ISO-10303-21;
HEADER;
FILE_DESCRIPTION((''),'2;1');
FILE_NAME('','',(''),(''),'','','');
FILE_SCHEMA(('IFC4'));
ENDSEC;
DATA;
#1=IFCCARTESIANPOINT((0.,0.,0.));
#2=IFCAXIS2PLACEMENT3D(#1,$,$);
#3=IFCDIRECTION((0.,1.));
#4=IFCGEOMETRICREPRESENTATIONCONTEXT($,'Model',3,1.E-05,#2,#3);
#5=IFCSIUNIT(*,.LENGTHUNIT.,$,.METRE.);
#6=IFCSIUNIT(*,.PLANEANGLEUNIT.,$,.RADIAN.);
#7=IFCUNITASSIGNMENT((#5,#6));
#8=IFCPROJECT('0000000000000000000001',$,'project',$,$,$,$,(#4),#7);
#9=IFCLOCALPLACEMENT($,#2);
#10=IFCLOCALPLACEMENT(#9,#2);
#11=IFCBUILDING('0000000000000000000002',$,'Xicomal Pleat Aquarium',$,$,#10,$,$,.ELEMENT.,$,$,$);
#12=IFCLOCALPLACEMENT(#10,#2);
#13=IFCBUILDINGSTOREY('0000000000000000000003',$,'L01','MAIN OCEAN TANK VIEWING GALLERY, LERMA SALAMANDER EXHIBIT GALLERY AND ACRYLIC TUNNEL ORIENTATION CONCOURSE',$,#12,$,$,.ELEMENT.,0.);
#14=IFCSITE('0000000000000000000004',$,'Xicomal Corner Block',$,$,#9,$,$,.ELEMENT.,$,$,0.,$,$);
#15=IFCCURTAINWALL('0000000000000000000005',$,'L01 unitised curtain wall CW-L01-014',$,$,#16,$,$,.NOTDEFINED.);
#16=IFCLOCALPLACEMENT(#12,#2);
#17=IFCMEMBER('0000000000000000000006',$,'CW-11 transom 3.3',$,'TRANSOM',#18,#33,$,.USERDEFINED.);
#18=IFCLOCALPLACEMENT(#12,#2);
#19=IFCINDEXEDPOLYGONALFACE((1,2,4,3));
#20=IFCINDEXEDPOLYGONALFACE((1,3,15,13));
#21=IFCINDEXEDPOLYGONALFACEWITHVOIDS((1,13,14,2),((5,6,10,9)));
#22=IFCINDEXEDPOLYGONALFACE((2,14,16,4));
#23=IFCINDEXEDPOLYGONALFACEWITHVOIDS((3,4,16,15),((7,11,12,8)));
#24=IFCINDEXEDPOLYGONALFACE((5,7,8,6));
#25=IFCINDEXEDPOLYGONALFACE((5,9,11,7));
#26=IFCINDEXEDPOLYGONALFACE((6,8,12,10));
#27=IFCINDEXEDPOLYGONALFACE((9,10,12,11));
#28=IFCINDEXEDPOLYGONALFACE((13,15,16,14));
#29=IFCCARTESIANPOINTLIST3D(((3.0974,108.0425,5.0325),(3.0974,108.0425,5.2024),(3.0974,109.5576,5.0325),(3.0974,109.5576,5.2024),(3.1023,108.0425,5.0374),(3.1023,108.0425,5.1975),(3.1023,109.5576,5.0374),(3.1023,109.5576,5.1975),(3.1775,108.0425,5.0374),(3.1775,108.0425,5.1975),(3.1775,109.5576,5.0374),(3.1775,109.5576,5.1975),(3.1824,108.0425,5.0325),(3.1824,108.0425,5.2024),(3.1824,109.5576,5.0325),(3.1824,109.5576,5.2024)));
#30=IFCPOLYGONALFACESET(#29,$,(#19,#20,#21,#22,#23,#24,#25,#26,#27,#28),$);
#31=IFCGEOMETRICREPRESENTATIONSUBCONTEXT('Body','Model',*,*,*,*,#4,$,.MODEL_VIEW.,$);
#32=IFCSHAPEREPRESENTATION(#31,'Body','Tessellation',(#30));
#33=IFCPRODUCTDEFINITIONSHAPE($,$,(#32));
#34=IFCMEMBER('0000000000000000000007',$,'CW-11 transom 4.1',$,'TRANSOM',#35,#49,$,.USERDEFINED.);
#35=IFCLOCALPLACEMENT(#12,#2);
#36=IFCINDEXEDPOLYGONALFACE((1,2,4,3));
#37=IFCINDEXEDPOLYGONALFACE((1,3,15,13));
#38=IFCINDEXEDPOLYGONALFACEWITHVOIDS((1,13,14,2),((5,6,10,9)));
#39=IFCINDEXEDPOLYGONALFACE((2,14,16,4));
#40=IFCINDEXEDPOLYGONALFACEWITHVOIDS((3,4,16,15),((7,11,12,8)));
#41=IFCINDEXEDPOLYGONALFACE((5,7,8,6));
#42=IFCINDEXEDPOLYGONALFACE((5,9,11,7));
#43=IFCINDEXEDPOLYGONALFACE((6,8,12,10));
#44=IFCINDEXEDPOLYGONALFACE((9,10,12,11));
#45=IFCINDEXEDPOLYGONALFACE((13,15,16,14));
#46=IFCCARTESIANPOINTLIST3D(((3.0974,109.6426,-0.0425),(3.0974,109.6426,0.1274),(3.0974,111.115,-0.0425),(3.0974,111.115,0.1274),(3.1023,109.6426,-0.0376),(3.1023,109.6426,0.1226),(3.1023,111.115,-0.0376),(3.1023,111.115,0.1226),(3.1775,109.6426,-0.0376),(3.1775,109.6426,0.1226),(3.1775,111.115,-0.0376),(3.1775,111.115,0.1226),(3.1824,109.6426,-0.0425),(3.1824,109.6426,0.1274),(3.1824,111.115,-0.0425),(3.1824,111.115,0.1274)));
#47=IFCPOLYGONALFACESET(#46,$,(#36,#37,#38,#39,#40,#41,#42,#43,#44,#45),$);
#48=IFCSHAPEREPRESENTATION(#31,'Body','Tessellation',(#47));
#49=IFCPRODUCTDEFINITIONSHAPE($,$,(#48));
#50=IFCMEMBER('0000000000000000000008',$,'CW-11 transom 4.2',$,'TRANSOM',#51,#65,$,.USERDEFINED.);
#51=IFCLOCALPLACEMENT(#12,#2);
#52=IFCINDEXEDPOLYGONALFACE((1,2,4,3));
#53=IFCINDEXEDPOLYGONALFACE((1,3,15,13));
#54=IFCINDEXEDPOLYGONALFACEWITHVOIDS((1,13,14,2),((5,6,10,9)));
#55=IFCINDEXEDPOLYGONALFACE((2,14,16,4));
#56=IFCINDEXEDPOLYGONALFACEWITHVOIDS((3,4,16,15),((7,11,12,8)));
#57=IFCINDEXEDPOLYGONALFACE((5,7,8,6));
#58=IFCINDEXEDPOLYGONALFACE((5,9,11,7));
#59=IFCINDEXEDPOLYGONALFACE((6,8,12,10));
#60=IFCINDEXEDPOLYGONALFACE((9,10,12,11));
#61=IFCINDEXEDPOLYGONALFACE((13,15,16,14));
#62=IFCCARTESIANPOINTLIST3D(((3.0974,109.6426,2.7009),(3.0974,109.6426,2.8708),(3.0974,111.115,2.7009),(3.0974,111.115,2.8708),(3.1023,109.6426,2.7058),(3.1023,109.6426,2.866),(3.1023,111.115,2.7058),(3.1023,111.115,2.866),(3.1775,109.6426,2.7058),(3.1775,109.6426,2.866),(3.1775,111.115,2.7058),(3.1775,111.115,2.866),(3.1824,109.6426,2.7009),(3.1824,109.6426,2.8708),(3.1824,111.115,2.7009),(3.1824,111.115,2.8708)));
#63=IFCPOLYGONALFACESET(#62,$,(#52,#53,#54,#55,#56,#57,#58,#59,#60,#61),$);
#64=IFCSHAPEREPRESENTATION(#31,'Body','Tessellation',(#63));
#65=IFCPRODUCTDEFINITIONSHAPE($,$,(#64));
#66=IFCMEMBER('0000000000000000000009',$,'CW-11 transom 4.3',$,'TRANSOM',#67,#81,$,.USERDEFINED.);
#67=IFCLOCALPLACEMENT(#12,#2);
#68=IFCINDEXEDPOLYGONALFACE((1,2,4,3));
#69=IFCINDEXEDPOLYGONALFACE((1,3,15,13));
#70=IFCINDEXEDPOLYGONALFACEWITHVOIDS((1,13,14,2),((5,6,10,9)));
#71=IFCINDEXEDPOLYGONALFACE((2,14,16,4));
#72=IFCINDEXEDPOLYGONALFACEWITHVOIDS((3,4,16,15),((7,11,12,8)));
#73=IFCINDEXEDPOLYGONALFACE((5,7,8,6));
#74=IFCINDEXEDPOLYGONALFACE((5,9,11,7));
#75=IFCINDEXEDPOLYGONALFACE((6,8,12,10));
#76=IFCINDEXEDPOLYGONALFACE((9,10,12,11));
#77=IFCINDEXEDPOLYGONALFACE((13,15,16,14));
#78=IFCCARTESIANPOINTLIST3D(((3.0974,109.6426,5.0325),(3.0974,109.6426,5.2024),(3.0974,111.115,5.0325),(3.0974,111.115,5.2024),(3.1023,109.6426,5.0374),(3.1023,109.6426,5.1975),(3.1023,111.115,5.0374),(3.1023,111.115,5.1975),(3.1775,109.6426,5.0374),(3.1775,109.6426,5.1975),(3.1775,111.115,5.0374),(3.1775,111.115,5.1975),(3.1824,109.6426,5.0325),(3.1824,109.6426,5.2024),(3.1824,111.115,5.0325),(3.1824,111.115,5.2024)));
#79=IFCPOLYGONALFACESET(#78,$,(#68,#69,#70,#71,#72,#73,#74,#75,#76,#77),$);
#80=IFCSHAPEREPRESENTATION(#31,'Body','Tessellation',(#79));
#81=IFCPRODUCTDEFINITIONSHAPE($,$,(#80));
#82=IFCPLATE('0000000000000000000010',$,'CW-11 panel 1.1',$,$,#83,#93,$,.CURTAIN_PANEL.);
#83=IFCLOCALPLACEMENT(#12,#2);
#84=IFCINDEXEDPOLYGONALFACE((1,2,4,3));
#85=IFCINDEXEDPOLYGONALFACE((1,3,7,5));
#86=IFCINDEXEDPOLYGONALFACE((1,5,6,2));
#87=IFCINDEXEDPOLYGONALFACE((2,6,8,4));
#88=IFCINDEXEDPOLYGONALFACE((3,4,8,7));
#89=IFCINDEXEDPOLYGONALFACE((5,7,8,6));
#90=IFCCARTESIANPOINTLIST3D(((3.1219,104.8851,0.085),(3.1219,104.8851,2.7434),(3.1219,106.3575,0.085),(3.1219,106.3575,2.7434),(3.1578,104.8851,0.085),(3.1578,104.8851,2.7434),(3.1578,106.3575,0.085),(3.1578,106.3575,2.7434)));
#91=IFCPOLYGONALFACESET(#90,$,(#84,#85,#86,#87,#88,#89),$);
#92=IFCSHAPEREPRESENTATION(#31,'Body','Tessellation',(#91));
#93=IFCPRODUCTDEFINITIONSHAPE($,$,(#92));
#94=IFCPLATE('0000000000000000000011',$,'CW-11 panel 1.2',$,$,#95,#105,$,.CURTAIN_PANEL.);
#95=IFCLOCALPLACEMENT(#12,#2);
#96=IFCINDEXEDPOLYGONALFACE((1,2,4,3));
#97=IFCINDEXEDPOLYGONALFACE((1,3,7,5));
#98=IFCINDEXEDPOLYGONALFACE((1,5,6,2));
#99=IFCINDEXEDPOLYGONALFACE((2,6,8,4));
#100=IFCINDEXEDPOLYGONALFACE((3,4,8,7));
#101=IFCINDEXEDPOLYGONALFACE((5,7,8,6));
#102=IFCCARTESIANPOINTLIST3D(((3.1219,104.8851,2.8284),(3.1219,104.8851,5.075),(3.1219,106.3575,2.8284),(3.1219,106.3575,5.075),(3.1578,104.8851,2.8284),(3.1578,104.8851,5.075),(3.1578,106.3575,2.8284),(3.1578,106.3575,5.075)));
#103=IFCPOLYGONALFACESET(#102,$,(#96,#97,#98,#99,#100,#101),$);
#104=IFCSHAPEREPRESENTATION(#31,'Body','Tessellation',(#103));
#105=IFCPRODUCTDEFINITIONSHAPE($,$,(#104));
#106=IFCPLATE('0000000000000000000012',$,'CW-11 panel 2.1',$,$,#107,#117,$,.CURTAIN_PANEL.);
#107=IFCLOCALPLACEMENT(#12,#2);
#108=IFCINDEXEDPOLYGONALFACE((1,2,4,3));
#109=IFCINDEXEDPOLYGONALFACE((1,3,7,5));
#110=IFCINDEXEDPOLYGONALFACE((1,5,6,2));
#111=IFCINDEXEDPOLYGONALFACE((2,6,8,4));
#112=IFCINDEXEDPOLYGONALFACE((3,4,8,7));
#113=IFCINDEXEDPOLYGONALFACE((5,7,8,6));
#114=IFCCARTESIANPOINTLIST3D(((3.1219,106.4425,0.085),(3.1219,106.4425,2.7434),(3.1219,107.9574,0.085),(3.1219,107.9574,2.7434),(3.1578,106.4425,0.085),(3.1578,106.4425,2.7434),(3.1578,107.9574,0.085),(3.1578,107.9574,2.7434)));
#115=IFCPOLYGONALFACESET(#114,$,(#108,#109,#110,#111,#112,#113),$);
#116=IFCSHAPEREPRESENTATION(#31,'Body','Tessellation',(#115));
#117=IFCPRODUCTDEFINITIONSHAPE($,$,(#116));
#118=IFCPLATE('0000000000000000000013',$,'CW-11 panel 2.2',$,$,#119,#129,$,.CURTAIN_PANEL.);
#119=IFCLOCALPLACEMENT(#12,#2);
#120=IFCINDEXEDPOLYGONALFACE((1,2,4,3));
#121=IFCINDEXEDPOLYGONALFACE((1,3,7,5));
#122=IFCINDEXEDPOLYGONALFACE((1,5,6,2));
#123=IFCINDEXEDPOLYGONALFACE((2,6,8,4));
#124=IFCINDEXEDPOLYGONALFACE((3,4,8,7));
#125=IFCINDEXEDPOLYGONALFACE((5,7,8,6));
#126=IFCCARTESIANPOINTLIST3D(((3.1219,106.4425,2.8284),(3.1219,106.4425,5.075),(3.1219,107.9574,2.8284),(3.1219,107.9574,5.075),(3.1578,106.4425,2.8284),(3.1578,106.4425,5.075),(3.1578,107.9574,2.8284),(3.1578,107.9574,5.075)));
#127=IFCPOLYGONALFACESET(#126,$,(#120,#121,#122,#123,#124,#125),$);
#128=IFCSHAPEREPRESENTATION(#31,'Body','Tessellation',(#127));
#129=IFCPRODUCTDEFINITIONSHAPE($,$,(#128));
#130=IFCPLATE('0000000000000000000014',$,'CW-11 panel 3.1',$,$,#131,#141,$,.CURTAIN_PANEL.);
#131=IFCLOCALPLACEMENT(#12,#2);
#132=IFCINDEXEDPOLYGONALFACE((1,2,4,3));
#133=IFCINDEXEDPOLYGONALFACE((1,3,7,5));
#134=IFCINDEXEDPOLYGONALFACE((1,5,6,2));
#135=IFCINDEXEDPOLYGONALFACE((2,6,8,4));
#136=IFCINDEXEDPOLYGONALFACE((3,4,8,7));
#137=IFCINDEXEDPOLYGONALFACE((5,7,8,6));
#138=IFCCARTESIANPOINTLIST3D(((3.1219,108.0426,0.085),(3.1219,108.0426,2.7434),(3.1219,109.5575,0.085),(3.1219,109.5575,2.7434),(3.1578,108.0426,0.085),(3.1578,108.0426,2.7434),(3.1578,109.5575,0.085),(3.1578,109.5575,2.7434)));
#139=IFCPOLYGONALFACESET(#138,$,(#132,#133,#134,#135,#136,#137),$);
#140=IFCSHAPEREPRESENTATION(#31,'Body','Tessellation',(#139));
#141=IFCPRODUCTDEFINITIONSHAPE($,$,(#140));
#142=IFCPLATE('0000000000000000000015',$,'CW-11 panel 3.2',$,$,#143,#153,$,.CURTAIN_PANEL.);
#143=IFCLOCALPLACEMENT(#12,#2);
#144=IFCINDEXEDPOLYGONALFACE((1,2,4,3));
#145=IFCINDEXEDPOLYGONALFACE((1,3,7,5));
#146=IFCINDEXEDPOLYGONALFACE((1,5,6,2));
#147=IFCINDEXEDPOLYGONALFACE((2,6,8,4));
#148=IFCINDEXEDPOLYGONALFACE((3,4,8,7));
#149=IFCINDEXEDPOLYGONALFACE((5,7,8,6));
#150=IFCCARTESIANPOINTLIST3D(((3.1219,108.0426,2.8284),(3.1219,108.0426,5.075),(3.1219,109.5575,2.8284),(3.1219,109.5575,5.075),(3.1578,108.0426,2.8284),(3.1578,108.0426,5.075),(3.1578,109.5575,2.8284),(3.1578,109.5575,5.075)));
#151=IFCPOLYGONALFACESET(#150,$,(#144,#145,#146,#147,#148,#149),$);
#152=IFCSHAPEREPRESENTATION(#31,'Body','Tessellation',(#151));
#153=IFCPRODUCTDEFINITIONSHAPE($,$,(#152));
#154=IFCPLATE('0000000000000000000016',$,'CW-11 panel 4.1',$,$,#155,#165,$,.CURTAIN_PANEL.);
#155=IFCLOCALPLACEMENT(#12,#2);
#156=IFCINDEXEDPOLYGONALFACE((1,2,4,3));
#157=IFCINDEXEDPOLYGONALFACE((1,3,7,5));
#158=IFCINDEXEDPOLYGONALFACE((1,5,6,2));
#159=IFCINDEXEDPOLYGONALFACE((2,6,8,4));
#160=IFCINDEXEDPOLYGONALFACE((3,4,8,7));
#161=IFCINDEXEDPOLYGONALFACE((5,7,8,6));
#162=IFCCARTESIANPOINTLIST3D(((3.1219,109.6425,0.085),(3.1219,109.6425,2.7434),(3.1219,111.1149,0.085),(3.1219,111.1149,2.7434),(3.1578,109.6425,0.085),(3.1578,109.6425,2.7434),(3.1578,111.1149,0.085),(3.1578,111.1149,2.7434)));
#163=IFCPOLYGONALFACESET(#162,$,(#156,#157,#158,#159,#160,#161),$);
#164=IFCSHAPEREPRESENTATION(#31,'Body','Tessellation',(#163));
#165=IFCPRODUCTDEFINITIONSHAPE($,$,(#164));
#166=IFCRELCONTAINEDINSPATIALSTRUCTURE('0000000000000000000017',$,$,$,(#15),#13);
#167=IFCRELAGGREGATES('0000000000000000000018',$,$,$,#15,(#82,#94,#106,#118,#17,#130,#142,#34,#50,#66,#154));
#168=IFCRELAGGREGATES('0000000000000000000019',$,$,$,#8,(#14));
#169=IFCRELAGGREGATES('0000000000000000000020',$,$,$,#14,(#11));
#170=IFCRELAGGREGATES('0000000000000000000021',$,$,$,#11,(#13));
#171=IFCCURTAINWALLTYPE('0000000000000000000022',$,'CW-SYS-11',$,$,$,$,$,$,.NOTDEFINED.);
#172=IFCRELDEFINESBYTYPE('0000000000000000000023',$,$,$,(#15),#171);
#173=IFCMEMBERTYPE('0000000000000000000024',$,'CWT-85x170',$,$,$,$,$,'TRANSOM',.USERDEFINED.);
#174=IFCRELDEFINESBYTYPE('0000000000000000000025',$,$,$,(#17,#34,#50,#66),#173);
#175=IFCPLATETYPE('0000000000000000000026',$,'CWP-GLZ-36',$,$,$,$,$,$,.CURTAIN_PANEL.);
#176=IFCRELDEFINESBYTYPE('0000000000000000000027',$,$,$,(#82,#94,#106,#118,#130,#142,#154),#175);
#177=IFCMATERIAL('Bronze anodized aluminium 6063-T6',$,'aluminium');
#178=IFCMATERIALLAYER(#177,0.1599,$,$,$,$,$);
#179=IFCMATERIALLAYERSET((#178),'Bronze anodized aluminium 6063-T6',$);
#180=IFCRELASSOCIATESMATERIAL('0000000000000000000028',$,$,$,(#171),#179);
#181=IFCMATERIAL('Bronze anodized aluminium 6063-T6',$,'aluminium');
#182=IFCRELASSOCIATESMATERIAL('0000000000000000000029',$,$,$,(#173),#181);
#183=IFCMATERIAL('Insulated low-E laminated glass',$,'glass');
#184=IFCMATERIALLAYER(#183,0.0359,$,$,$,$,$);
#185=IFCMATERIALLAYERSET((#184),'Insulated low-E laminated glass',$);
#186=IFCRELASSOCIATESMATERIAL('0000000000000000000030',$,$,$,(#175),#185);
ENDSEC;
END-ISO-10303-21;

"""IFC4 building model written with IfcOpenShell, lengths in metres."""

from ifc_helpers import new_model, si_unit, direction, frame, origin, origin_2d, place, context, subcontext, project, spatial, rectangle, hollow_rectangle, extrude, material, layer, layer_set, material_profile, profile_set, type_object, element, aggregate, save


model = new_model("IFC4")

# Units and contexts
model_context = context("Model", 3, precision=1e-05, world=origin(), true_north=direction((0.0, 1.0)))
body_context = subcontext(model_context, "Body", "Model", "MODEL_VIEW")
ifc_project = project(units=[si_unit("LENGTHUNIT", "METRE"), si_unit("PLANEANGLEUNIT", "RADIAN")], contexts=[model_context])

# Site, building, storey
site_placement = place(None, origin())
site = spatial("IfcSite", under=ifc_project, at=site_placement, Name="Xicomal Corner Block", CompositionType="ELEMENT", RefElevation=0.0)
building_placement = place(site_placement, origin())
building = spatial("IfcBuilding", under=site, at=building_placement, Name="Xicomal Pleat Aquarium", CompositionType="ELEMENT")
storey_placement = place(building_placement, origin())
storey = spatial("IfcBuildingStorey", under=building, at=storey_placement, Name="L01", Description="MAIN OCEAN TANK VIEWING GALLERY, LERMA SALAMANDER EXHIBIT GALLERY AND ACRYLIC TUNNEL ORIENTATION CONCOURSE", CompositionType="ELEMENT", Elevation=0.0)

# Curtain wall, members, plates
ifc_material_1 = material(Name="Bronze anodized aluminium 6063-T6", Category="aluminium")
ifc_layer_1 = layer(ifc_material_1, 0.1599)
ifc_layer_set_1 = layer_set([ifc_layer_1], Name="Bronze anodized aluminium 6063-T6")
curtain_wall_type = type_object("IfcCurtainWallType", Name="CW-SYS-11", PredefinedType="NOTDEFINED", material=ifc_layer_set_1)
curtain_wall_placement = place(storey_placement, origin())
curtain_wall = element("IfcCurtainWall", 1, at=curtain_wall_placement, inside=storey, type_object=curtain_wall_type, Name="L01 unitised curtain wall CW-L01-014", PredefinedType="NOTDEFINED")
ifc_material_2 = material(Name="Bronze anodized aluminium 6063-T6", Category="aluminium")
ifc_material_profile_1 = material_profile(ifc_material_2, hollow_rectangle(XDim=0.085, YDim=0.1699, WallThickness=0.0049, at=origin_2d()), Name="ALU TRAN 85x170")
ifc_profile_set_1 = profile_set([ifc_material_profile_1], Name="Bronze anodized aluminium 6063-T6")
member_type_1 = type_object("IfcMemberType", Name="CWT-85x170", ElementType="TRANSOM", PredefinedType="USERDEFINED", material=ifc_profile_set_1)
member_1_placement = place(storey_placement, frame((3.1399, 108.0425, 5.1174), z_axis=(0.0, 1.0, 0.0), x_axis=(-1.0, 0.0, 0.0)))
member_1 = element("IfcMember", 2, at=member_1_placement, type_object=member_type_1, Name="CW-11 transom 3.3", ObjectType="TRANSOM", PredefinedType="USERDEFINED", context=body_context, shape_type="SweptSolid", body=[
    extrude(hollow_rectangle(XDim=0.085, YDim=0.1699, WallThickness=0.0049, at=origin_2d()), origin(), (0.0, 0.0, 1.0), 1.5151),
])
member_2_placement = place(storey_placement, frame((3.1399, 109.6426, 0.0425), z_axis=(0.0, 1.0, 0.0), x_axis=(-1.0, 0.0, 0.0)))
member_2 = element("IfcMember", 3, at=member_2_placement, type_object=member_type_1, Name="CW-11 transom 4.1", ObjectType="TRANSOM", PredefinedType="USERDEFINED", context=body_context, shape_type="SweptSolid", body=[
    extrude(hollow_rectangle(XDim=0.085, YDim=0.1699, WallThickness=0.0049, at=origin_2d()), origin(), (0.0, 0.0, 1.0), 1.4724),
])
member_3_placement = place(storey_placement, frame((3.1399, 109.6426, 2.7859), z_axis=(0.0, 1.0, 0.0), x_axis=(-1.0, 0.0, 0.0)))
member_3 = element("IfcMember", 4, at=member_3_placement, type_object=member_type_1, Name="CW-11 transom 4.2", ObjectType="TRANSOM", PredefinedType="USERDEFINED", context=body_context, shape_type="SweptSolid", body=[
    extrude(hollow_rectangle(XDim=0.085, YDim=0.1699, WallThickness=0.0049, at=origin_2d()), origin(), (0.0, 0.0, 1.0), 1.4724),
])
member_4_placement = place(storey_placement, frame((3.1399, 109.6426, 5.1174), z_axis=(0.0, 1.0, 0.0), x_axis=(-1.0, 0.0, 0.0)))
member_4 = element("IfcMember", 5, at=member_4_placement, type_object=member_type_1, Name="CW-11 transom 4.3", ObjectType="TRANSOM", PredefinedType="USERDEFINED", context=body_context, shape_type="SweptSolid", body=[
    extrude(hollow_rectangle(XDim=0.085, YDim=0.1699, WallThickness=0.0049, at=origin_2d()), origin(), (0.0, 0.0, 1.0), 1.4724),
])
ifc_material_3 = material(Name="Insulated low-E laminated glass", Category="glass")
ifc_layer_2 = layer(ifc_material_3, 0.0359)
ifc_layer_set_2 = layer_set([ifc_layer_2], Name="Insulated low-E laminated glass")
plate_type = type_object("IfcPlateType", Name="CWP-GLZ-36", PredefinedType="CURTAIN_PANEL", material=ifc_layer_set_2)
plate_1_placement = place(storey_placement, frame((3.1399, 105.6213, 0.085), z_axis=(0.0, 0.0, 1.0), x_axis=(0.0, 1.0, 0.0)))
plate_1 = element("IfcPlate", 6, at=plate_1_placement, type_object=plate_type, Name="CW-11 panel 1.1", PredefinedType="CURTAIN_PANEL", context=body_context, shape_type="SweptSolid", body=[
    extrude(rectangle(XDim=1.4724, YDim=0.0359, at=origin_2d()), origin(), (0.0, 0.0, 1.0), 2.6584),
])
plate_2_placement = place(storey_placement, frame((3.1399, 105.6213, 2.8284), z_axis=(0.0, 0.0, 1.0), x_axis=(0.0, 1.0, 0.0)))
plate_2 = element("IfcPlate", 7, at=plate_2_placement, type_object=plate_type, Name="CW-11 panel 1.2", PredefinedType="CURTAIN_PANEL", context=body_context, shape_type="SweptSolid", body=[
    extrude(rectangle(XDim=1.4724, YDim=0.0359, at=origin_2d()), origin(), (0.0, 0.0, 1.0), 2.2466),
])
plate_3_placement = place(storey_placement, frame((3.1399, 107.2, 0.085), z_axis=(0.0, 0.0, 1.0), x_axis=(0.0, 1.0, 0.0)))
plate_3 = element("IfcPlate", 8, at=plate_3_placement, type_object=plate_type, Name="CW-11 panel 2.1", PredefinedType="CURTAIN_PANEL", context=body_context, shape_type="SweptSolid", body=[
    extrude(rectangle(XDim=1.5149, YDim=0.0359, at=origin_2d()), origin(), (0.0, 0.0, 1.0), 2.6584),
])
plate_4_placement = place(storey_placement, frame((3.1399, 107.2, 2.8284), z_axis=(0.0, 0.0, 1.0), x_axis=(0.0, 1.0, 0.0)))
plate_4 = element("IfcPlate", 9, at=plate_4_placement, type_object=plate_type, Name="CW-11 panel 2.2", PredefinedType="CURTAIN_PANEL", context=body_context, shape_type="SweptSolid", body=[
    extrude(rectangle(XDim=1.5149, YDim=0.0359, at=origin_2d()), origin(), (0.0, 0.0, 1.0), 2.2466),
])
plate_5_placement = place(storey_placement, frame((3.1399, 108.8, 0.085), z_axis=(0.0, 0.0, 1.0), x_axis=(0.0, 1.0, 0.0)))
plate_5 = element("IfcPlate", 10, at=plate_5_placement, type_object=plate_type, Name="CW-11 panel 3.1", PredefinedType="CURTAIN_PANEL", context=body_context, shape_type="SweptSolid", body=[
    extrude(rectangle(XDim=1.5149, YDim=0.0359, at=origin_2d()), origin(), (0.0, 0.0, 1.0), 2.6584),
])
plate_6_placement = place(storey_placement, frame((3.1399, 108.8, 2.8284), z_axis=(0.0, 0.0, 1.0), x_axis=(0.0, 1.0, 0.0)))
plate_6 = element("IfcPlate", 11, at=plate_6_placement, type_object=plate_type, Name="CW-11 panel 3.2", PredefinedType="CURTAIN_PANEL", context=body_context, shape_type="SweptSolid", body=[
    extrude(rectangle(XDim=1.5149, YDim=0.0359, at=origin_2d()), origin(), (0.0, 0.0, 1.0), 2.2466),
])
plate_7_placement = place(storey_placement, frame((3.1399, 110.3787, 0.085), z_axis=(0.0, 0.0, 1.0), x_axis=(0.0, 1.0, 0.0)))
plate_7 = element("IfcPlate", 12, at=plate_7_placement, type_object=plate_type, Name="CW-11 panel 4.1", PredefinedType="CURTAIN_PANEL", context=body_context, shape_type="SweptSolid", body=[
    extrude(rectangle(XDim=1.4724, YDim=0.0359, at=origin_2d()), origin(), (0.0, 0.0, 1.0), 2.6584),
])
aggregate(curtain_wall, [plate_1, plate_2, plate_3, plate_4, member_1, plate_5, plate_6, member_2, member_3, member_4, plate_7])

save(model, "model.ifc")
